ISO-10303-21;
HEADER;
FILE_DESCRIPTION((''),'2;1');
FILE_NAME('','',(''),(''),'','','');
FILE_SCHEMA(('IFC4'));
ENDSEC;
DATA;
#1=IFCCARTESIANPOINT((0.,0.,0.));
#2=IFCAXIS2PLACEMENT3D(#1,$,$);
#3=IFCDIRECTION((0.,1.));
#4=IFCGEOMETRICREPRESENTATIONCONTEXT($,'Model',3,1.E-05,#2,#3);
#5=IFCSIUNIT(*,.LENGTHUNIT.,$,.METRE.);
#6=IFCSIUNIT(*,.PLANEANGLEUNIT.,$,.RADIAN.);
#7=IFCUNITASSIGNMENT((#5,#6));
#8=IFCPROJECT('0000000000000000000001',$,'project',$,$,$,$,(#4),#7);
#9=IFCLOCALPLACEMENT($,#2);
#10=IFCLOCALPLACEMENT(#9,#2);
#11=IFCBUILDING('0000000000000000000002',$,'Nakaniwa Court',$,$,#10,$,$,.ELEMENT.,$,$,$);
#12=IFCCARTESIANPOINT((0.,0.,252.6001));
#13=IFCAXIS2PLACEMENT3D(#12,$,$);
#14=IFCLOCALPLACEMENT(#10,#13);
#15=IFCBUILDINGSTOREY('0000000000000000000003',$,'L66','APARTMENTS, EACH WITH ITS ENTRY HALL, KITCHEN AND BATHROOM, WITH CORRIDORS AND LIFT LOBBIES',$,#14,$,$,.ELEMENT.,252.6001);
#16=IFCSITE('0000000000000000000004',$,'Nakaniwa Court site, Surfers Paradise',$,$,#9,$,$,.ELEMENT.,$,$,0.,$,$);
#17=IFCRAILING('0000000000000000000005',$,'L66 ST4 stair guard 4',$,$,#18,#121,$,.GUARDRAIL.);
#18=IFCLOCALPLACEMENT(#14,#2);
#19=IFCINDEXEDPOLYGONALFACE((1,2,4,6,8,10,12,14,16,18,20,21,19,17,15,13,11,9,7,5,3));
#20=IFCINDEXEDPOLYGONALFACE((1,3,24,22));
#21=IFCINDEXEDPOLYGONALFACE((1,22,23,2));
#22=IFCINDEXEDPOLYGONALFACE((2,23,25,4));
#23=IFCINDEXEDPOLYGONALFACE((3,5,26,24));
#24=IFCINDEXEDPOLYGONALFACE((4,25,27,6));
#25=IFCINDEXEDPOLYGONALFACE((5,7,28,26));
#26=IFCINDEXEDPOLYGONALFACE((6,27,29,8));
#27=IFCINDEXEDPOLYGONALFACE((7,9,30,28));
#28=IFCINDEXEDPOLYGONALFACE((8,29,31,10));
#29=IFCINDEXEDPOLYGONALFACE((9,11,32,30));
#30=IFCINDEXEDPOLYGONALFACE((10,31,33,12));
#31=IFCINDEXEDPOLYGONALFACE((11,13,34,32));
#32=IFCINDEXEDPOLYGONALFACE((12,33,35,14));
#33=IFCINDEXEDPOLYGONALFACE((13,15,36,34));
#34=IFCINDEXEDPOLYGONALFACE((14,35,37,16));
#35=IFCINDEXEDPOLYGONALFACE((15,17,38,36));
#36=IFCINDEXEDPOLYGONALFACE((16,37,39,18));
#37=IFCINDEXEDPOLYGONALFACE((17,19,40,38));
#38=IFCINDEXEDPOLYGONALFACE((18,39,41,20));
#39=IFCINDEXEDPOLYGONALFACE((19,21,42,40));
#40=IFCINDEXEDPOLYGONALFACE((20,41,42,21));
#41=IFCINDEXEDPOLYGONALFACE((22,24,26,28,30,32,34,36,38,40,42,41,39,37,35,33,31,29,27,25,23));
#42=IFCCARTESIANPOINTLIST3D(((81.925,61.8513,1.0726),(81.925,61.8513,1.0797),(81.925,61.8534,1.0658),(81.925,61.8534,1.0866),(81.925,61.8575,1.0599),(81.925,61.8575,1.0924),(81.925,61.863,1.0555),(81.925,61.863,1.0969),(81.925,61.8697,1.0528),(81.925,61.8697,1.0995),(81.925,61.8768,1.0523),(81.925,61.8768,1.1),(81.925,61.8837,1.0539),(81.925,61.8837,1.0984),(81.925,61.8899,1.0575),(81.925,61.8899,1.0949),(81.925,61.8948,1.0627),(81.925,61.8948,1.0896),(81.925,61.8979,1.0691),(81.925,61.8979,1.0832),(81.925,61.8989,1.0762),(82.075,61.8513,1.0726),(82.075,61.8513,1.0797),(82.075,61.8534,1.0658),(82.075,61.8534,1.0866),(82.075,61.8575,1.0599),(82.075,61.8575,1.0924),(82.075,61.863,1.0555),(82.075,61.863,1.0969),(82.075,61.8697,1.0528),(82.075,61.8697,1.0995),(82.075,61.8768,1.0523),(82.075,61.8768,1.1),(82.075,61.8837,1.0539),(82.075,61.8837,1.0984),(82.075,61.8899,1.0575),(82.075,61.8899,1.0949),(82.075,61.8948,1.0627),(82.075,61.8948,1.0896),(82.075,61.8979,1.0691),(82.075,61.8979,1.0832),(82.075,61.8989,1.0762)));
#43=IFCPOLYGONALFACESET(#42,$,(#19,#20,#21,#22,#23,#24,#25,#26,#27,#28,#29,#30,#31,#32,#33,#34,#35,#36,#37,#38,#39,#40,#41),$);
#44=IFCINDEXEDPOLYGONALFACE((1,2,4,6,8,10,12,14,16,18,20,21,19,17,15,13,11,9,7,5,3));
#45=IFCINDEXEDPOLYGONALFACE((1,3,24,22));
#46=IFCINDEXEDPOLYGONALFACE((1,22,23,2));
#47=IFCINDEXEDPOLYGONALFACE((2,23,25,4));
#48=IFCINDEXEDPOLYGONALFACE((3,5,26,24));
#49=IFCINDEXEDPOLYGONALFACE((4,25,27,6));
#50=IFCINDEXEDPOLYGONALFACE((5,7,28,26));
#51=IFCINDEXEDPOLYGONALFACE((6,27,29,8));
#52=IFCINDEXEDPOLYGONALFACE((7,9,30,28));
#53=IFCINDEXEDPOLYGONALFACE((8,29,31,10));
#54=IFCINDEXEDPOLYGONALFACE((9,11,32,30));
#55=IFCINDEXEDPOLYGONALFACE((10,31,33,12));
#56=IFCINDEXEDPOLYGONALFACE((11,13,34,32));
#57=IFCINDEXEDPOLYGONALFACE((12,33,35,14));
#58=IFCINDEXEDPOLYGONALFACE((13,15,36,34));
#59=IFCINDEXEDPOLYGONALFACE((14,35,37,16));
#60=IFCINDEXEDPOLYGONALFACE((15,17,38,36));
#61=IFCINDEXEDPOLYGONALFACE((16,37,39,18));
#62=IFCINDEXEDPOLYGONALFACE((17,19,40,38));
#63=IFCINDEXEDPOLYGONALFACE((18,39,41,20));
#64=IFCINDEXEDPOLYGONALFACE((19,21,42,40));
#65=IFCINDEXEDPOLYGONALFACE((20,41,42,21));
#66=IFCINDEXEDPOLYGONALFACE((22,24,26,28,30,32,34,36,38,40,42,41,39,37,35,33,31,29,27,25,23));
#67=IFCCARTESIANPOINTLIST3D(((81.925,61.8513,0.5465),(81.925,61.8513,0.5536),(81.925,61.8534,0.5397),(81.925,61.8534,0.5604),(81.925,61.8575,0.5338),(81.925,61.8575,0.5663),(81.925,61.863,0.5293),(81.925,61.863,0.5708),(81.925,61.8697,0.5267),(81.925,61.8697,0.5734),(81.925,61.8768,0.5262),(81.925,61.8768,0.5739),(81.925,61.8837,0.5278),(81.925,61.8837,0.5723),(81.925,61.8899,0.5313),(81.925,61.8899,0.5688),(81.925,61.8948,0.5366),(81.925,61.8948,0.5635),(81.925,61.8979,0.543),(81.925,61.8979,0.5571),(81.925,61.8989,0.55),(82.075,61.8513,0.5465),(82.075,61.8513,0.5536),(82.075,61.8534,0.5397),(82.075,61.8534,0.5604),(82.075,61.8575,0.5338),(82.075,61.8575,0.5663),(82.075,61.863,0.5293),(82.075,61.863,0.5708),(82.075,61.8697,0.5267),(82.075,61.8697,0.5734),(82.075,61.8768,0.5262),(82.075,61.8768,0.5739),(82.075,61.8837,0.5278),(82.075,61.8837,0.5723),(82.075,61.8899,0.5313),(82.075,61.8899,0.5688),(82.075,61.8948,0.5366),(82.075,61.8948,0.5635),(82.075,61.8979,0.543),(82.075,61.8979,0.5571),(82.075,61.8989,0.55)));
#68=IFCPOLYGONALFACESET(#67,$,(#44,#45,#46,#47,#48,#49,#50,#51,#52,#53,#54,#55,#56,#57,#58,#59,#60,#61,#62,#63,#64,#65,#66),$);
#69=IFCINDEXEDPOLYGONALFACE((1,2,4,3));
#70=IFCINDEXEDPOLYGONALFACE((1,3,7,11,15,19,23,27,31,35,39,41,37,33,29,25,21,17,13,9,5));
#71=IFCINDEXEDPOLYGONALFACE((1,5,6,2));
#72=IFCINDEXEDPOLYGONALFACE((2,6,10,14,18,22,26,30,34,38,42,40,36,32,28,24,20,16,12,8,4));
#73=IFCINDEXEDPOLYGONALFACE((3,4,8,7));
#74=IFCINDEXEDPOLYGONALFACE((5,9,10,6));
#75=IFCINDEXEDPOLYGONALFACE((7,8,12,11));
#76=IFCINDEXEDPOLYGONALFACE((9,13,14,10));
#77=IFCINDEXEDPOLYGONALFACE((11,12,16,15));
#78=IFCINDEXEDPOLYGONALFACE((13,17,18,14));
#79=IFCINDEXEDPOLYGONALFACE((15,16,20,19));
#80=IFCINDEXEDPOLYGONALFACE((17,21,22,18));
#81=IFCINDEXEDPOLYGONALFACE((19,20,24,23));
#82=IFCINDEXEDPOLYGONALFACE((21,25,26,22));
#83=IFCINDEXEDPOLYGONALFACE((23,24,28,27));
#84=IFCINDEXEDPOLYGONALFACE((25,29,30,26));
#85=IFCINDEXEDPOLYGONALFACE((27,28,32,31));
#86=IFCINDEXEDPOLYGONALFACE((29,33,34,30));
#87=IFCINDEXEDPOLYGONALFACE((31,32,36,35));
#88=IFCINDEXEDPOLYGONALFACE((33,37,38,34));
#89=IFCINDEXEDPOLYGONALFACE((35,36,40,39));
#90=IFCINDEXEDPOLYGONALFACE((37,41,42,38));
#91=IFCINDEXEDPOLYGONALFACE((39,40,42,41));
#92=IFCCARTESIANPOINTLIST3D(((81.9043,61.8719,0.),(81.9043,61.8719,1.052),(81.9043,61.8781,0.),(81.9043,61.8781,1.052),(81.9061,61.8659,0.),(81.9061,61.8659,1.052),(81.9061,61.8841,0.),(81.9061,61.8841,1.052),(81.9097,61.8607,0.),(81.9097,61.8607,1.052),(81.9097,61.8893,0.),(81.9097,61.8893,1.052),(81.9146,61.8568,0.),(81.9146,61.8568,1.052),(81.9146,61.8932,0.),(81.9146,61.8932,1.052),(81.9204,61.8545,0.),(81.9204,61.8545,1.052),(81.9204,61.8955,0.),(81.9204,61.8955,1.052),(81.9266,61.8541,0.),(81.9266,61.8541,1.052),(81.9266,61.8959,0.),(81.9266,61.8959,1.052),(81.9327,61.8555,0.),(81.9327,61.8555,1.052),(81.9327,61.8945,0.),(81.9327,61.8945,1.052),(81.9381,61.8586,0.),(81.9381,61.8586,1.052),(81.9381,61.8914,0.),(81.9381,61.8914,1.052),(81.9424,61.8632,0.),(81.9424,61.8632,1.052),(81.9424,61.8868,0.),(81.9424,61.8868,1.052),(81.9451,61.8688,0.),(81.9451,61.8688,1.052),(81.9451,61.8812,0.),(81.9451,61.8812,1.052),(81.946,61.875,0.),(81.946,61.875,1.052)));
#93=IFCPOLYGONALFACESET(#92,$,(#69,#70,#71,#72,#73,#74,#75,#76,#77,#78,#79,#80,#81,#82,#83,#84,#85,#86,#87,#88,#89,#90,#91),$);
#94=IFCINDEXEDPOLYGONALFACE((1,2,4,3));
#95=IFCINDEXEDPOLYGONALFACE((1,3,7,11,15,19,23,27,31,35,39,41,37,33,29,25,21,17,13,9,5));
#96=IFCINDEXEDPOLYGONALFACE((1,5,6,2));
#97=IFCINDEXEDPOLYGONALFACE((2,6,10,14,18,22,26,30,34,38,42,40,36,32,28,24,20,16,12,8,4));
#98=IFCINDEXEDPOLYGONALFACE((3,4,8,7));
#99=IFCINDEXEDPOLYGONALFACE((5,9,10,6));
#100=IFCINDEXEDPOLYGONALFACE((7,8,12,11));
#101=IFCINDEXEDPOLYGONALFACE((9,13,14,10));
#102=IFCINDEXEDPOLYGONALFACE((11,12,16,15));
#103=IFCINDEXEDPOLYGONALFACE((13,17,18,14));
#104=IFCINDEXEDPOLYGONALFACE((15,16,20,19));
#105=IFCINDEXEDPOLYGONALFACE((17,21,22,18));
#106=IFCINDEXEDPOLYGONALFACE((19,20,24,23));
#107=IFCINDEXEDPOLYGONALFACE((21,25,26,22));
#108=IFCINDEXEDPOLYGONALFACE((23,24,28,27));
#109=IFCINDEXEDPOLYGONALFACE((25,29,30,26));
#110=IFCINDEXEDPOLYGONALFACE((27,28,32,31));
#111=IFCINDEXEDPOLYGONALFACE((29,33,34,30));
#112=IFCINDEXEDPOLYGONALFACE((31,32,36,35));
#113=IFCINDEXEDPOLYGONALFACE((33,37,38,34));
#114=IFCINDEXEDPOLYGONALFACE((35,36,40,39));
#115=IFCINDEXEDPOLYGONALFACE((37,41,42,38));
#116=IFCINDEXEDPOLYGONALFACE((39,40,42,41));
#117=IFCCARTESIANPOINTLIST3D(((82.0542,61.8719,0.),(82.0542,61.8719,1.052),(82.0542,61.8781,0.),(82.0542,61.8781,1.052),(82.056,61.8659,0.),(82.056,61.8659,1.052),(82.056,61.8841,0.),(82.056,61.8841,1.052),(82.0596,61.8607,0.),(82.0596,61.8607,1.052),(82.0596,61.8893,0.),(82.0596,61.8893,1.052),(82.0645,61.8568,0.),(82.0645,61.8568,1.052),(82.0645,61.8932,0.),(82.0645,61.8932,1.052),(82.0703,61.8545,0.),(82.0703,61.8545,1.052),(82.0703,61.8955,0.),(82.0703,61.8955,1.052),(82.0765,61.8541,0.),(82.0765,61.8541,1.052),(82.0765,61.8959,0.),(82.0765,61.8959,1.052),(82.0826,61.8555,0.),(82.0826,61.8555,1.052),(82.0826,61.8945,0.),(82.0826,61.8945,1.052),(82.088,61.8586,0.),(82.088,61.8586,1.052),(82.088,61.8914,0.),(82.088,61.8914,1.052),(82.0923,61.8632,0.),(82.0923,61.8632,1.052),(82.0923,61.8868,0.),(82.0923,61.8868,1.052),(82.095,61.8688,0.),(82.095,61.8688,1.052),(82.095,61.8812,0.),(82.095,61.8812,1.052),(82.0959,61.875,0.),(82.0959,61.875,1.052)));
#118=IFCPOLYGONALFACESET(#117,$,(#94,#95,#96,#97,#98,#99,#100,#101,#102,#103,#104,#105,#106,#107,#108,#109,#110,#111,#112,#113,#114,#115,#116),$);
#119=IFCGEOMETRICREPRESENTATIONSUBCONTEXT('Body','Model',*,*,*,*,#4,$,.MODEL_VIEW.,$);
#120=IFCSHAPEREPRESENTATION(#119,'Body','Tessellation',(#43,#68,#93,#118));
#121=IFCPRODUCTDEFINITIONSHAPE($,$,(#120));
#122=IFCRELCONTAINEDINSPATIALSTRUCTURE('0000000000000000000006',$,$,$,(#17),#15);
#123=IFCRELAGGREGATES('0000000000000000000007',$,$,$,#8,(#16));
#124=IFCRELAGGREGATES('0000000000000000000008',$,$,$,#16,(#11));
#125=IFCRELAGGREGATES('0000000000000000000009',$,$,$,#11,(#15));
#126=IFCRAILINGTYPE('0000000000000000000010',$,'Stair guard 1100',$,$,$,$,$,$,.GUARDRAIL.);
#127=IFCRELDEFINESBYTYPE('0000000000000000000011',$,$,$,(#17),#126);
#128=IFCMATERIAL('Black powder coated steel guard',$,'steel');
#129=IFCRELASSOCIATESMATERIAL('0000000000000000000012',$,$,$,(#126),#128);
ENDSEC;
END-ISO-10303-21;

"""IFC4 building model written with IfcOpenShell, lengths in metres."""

from ifc_helpers import new_model, si_unit, direction, frame, origin, origin_2d, place, context, subcontext, project, spatial, circle, extrude, material, type_object, element, save


model = new_model("IFC4")

# Units and contexts
model_context = context("Model", 3, precision=1e-05, world=origin(), true_north=direction((0.0, 1.0)))
body_context = subcontext(model_context, "Body", "Model", "MODEL_VIEW")
ifc_project = project(units=[si_unit("LENGTHUNIT", "METRE"), si_unit("PLANEANGLEUNIT", "RADIAN")], contexts=[model_context])

# Site, building, storey
site_placement = place(None, origin())
site = spatial("IfcSite", under=ifc_project, at=site_placement, Name="Nakaniwa Court site, Surfers Paradise", CompositionType="ELEMENT", RefElevation=0.0)
building_placement = place(site_placement, origin())
building = spatial("IfcBuilding", under=site, at=building_placement, Name="Nakaniwa Court", CompositionType="ELEMENT")
storey_placement = place(building_placement, frame((0.0, 0.0, 252.6001)))
storey = spatial("IfcBuildingStorey", under=building, at=storey_placement, Name="L66", Description="APARTMENTS, EACH WITH ITS ENTRY HALL, KITCHEN AND BATHROOM, WITH CORRIDORS AND LIFT LOBBIES", CompositionType="ELEMENT", Elevation=252.6001)

# Railing
ifc_material_1 = material(Name="Black powder coated steel guard", Category="steel")
railing_type_1 = type_object("IfcRailingType", Name="Stair guard 1100", PredefinedType="GUARDRAIL", material=ifc_material_1)
railing_1_placement = place(storey_placement, frame((81.925, 61.875, 0.0)))
element("IfcRailing", 1, at=railing_1_placement, inside=storey, type_object=railing_type_1, Name="L66 ST4 stair guard 4", PredefinedType="GUARDRAIL", context=body_context, shape_type="SweptSolid", body=[
    extrude(circle(Radius=0.0239, at=origin_2d()), frame((0.0, 0.0, 1.0762), z_axis=(1.0, 0.0, 0.0), x_axis=(0.0, 1.0, 0.0)), (0.0, 0.0, 1.0), 0.1499),
    extrude(circle(Radius=0.0239, at=origin_2d()), frame((0.0, 0.0, 0.55), z_axis=(1.0, 0.0, 0.0), x_axis=(0.0, 1.0, 0.0)), (0.0, 0.0, 1.0), 0.1499),
    extrude(circle(Radius=0.021, at=origin_2d()), origin(), (0.0, 0.0, 1.0), 1.052),
    extrude(circle(Radius=0.021, at=origin_2d()), frame((0.1499, 0.0, 0.0)), (0.0, 0.0, 1.0), 1.052),
])

save(model, "model.ifc")
